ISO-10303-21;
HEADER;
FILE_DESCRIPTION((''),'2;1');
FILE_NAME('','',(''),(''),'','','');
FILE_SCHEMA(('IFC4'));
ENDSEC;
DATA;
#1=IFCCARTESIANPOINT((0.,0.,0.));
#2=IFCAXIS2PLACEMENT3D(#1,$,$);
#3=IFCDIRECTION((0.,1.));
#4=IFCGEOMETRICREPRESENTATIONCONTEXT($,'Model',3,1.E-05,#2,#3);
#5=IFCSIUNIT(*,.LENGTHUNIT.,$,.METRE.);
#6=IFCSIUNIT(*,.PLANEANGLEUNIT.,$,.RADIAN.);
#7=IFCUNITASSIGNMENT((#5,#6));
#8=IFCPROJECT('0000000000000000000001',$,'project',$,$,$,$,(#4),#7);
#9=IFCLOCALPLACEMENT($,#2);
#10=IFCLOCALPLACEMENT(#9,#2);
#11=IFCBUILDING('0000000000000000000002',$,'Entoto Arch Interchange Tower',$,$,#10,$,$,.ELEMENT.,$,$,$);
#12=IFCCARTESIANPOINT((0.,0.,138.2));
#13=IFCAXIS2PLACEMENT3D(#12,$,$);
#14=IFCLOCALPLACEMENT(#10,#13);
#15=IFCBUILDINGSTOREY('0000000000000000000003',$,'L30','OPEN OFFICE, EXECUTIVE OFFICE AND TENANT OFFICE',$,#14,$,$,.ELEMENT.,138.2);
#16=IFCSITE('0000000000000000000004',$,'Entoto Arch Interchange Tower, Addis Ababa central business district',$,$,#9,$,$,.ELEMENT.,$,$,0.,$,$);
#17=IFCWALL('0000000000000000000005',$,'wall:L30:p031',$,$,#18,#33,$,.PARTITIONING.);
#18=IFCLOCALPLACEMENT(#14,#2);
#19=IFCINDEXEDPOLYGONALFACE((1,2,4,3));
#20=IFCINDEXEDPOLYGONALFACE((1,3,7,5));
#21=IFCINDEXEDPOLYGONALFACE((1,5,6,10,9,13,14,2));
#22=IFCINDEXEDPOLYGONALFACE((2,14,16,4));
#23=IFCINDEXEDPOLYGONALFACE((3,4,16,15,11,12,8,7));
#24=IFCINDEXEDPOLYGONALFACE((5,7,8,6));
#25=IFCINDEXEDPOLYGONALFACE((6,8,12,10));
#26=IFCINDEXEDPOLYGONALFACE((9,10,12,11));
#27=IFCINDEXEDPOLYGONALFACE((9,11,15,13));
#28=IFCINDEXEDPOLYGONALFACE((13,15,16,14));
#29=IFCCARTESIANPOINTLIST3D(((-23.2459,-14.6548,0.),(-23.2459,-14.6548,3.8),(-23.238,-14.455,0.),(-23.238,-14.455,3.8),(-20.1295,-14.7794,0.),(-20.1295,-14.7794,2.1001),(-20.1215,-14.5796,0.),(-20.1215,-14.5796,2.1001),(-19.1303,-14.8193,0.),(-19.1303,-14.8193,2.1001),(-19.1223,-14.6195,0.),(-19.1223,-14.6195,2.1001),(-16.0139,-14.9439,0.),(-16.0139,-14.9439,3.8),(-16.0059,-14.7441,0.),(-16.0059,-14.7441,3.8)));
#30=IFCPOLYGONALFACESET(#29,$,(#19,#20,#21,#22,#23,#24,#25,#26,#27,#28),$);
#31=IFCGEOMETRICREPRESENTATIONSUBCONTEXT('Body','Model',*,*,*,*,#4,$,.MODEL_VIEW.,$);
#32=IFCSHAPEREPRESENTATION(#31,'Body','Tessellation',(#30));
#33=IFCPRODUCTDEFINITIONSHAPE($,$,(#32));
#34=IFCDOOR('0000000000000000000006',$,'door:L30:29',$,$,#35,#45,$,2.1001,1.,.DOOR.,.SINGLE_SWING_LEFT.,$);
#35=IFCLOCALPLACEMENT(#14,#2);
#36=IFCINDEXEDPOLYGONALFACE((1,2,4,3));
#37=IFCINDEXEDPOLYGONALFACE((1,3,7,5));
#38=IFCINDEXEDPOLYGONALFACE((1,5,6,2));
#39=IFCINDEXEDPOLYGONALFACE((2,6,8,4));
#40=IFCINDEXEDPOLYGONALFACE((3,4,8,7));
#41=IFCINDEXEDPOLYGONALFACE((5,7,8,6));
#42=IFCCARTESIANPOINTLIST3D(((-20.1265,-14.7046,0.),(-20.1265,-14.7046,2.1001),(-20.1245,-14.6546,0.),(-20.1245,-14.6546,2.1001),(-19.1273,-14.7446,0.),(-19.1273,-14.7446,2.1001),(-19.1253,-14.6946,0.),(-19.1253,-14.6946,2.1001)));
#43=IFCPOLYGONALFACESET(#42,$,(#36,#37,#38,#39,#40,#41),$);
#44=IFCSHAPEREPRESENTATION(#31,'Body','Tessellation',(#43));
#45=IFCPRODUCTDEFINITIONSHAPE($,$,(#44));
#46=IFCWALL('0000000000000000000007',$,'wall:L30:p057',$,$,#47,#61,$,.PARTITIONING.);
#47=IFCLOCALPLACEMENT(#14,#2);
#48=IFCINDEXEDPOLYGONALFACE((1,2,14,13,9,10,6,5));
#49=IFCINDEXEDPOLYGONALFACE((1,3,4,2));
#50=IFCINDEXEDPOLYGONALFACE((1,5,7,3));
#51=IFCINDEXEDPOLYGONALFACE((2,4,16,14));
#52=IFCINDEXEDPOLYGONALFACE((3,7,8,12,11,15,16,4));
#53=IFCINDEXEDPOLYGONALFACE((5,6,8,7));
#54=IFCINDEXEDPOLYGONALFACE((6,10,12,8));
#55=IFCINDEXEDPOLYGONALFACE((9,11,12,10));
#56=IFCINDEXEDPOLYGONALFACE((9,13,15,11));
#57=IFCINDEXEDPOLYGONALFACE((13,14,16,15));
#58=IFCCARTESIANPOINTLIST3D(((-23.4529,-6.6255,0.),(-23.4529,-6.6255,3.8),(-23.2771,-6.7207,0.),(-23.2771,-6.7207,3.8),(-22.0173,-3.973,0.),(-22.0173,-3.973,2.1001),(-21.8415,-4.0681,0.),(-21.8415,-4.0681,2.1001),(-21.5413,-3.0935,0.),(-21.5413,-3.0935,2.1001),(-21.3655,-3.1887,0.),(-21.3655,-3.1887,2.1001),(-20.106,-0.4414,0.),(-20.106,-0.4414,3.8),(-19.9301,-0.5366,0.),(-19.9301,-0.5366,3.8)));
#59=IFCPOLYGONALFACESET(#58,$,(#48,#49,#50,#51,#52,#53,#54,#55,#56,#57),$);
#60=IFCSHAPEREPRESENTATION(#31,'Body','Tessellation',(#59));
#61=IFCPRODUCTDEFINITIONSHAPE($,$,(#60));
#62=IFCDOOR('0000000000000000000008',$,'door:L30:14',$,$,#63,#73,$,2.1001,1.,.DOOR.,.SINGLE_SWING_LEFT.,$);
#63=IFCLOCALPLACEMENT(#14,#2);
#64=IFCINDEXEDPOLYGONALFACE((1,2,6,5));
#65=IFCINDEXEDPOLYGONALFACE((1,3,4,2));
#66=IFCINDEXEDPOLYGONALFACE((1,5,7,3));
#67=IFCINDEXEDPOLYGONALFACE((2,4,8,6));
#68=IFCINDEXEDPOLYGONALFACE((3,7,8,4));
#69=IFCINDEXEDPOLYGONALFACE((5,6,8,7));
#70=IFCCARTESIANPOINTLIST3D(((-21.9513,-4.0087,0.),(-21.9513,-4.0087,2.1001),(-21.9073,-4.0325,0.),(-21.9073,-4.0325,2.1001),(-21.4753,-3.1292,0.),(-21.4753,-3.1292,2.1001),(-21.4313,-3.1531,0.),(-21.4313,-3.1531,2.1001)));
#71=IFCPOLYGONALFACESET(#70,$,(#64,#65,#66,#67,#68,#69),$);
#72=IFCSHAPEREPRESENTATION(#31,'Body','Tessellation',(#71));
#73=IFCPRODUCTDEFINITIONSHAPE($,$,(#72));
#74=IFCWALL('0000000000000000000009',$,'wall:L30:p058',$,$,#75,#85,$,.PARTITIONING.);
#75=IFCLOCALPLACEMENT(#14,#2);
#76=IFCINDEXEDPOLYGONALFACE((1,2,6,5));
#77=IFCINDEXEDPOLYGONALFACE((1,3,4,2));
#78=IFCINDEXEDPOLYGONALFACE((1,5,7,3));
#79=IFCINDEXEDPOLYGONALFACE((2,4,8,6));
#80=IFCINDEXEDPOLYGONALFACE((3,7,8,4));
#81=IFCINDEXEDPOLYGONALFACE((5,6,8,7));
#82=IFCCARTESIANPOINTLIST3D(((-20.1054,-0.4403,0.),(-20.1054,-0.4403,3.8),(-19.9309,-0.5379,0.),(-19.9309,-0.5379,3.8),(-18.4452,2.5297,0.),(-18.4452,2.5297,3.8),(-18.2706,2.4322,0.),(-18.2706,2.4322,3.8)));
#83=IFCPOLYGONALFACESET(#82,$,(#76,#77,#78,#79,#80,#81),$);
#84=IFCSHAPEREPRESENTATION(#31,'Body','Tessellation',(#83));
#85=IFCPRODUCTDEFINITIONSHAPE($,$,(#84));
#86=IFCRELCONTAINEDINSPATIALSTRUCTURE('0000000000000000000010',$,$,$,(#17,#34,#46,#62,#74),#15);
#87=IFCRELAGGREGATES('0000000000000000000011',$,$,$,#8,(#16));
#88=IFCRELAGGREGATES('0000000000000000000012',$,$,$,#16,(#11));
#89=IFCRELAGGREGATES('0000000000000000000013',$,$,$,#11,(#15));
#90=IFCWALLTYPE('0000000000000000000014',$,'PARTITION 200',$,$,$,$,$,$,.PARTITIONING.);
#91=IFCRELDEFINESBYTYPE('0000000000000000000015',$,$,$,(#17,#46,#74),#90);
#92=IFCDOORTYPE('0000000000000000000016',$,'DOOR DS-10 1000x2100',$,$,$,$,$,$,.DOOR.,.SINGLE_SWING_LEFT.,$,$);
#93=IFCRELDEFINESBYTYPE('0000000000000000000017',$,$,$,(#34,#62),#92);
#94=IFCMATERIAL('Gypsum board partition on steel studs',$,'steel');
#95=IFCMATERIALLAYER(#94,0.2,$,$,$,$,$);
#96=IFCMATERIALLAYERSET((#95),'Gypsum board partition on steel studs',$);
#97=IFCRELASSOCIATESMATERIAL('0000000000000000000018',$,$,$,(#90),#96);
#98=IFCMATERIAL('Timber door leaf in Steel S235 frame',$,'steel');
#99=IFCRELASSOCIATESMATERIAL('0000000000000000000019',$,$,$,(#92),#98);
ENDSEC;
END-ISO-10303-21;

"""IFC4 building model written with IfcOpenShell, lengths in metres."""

from ifc_helpers import new_model, si_unit, direction, frame, frame_2d, origin, place, context, subcontext, project, spatial, rectangle, extrude, material, layer, layer_set, type_object, element, fill, save


model = new_model("IFC4")

# Units and contexts
model_context = context("Model", 3, precision=1e-05, world=origin(), true_north=direction((0.0, 1.0)))
body_context = subcontext(model_context, "Body", "Model", "MODEL_VIEW")
ifc_project = project(units=[si_unit("LENGTHUNIT", "METRE"), si_unit("PLANEANGLEUNIT", "RADIAN")], contexts=[model_context])

# Site, building, storey
site_placement = place(None, origin())
site = spatial("IfcSite", under=ifc_project, at=site_placement, Name="Entoto Arch Interchange Tower, Addis Ababa central business district", CompositionType="ELEMENT", RefElevation=0.0)
building_placement = place(site_placement, origin())
building = spatial("IfcBuilding", under=site, at=building_placement, Name="Entoto Arch Interchange Tower", CompositionType="ELEMENT")
storey_placement = place(building_placement, frame((0.0, 0.0, 138.2)))
storey = spatial("IfcBuildingStorey", under=building, at=storey_placement, Name="L30", Description="OPEN OFFICE, EXECUTIVE OFFICE AND TENANT OFFICE", CompositionType="ELEMENT", Elevation=138.2)

# Shared definitions
ifc_material_1 = material(Name="Gypsum board partition on steel studs", Category="steel")

# Shared definitions
ifc_layer_1 = layer(ifc_material_1, 0.2)
ifc_layer_set_1 = layer_set([ifc_layer_1], Name="Gypsum board partition on steel studs")
wall_type_1 = type_object("IfcWallType", Name="PARTITION 200", PredefinedType="PARTITIONING", material=ifc_layer_set_1)
ifc_material_2 = material(Name="Timber door leaf in Steel S235 frame", Category="steel")
door_type = type_object("IfcDoorType", Name="DOOR DS-10 1000x2100", OperationType="SINGLE_SWING_LEFT", PredefinedType="DOOR", material=ifc_material_2)

# Walls, openings, doors
wall_1_placement = place(storey_placement, frame((-23.2419, -14.5549, 0.0), z_axis=(0.0, 0.0, 1.0), x_axis=(0.999202, -0.039938, 0.0)))
wall_1 = element("IfcWall", 1, at=wall_1_placement, inside=storey, type_object=wall_type_1, Name="wall:L30:p031", PredefinedType="PARTITIONING", context=body_context, shape_type="SweptSolid", body=[
    extrude(rectangle(XDim=7.2378, YDim=0.2, at=frame_2d((3.6189, 0.0))), origin(), (0.0, 0.0, 1.0), 3.8),
])
opening_1_placement = place(wall_1_placement, frame((3.1189, 0.0, 0.0)))
opening_1 = element("IfcOpeningElement", 2, at=opening_1_placement, cuts=wall_1, PredefinedType="OPENING", context=body_context, shape_type="SweptSolid", body=[
    extrude(rectangle(XDim=1.0, YDim=2.1001, at=frame_2d((0.5, 1.05))), frame((0.0, 0.1099, 0.0), z_axis=(0.0, -1.0, 0.0), x_axis=(1.0, 0.0, 0.0)), (0.0, 0.0, 1.0), 0.22),
])
door_1_placement = place(opening_1_placement, origin())
door_1 = element("IfcDoor", 3, at=door_1_placement, inside=storey, type_object=door_type, Name="door:L30:29", OperationType="SINGLE_SWING_LEFT", OverallHeight=2.1001, OverallWidth=1.0, PredefinedType="DOOR", context=body_context, shape_type="SweptSolid", body=[
    extrude(rectangle(XDim=1.0, YDim=2.1001, at=frame_2d((0.5, 1.05))), frame((0.0, 0.0249, 0.0), z_axis=(0.0, -1.0, 0.0), x_axis=(1.0, 0.0, 0.0)), (0.0, 0.0, 1.0), 0.05),
])
fill(opening_1, door_1)
wall_2_placement = place(storey_placement, frame((-23.365, -6.6731, 0.0), z_axis=(0.0, 0.0, 1.0), x_axis=(0.475977, 0.879458, 0.0)))
wall_2 = element("IfcWall", 4, at=wall_2_placement, inside=storey, type_object=wall_type_1, Name="wall:L30:p057", PredefinedType="PARTITIONING", context=body_context, shape_type="SweptSolid", body=[
    extrude(rectangle(XDim=7.0317, YDim=0.2, at=frame_2d((3.5159, 0.0))), origin(), (0.0, 0.0, 1.0), 3.8),
])
opening_2_placement = place(wall_2_placement, frame((3.0161, 0.0, 0.0)))
opening_2 = element("IfcOpeningElement", 5, at=opening_2_placement, cuts=wall_2, PredefinedType="OPENING", context=body_context, shape_type="SweptSolid", body=[
    extrude(rectangle(XDim=1.0, YDim=2.1001, at=frame_2d((0.5, 1.05))), frame((0.0, 0.1099, 0.0), z_axis=(0.0, -1.0, 0.0), x_axis=(1.0, 0.0, 0.0)), (0.0, 0.0, 1.0), 0.22),
])
door_2_placement = place(opening_2_placement, origin())
door_2 = element("IfcDoor", 6, at=door_2_placement, inside=storey, type_object=door_type, Name="door:L30:14", OperationType="SINGLE_SWING_LEFT", OverallHeight=2.1001, OverallWidth=1.0, PredefinedType="DOOR", context=body_context, shape_type="SweptSolid", body=[
    extrude(rectangle(XDim=1.0, YDim=2.1001, at=frame_2d((0.5, 1.05))), frame((0.0, 0.0249, 0.0), z_axis=(0.0, -1.0, 0.0), x_axis=(1.0, 0.0, 0.0)), (0.0, 0.0, 1.0), 0.05),
])
fill(opening_2, door_2)

# Wall
wall_3_placement = place(storey_placement, frame((-20.0181, -0.489, 0.0), z_axis=(0.0, 0.0, 1.0), x_axis=(0.487926, 0.872885, 0.0)))
element("IfcWall", 7, at=wall_3_placement, inside=storey, type_object=wall_type_1, Name="wall:L30:p058", PredefinedType="PARTITIONING", context=body_context, shape_type="SweptSolid", body=[
    extrude(rectangle(XDim=3.4026, YDim=0.2, at=frame_2d((1.7012, 0.0))), origin(), (0.0, 0.0, 1.0), 3.8),
])

save(model, "model.ifc")
